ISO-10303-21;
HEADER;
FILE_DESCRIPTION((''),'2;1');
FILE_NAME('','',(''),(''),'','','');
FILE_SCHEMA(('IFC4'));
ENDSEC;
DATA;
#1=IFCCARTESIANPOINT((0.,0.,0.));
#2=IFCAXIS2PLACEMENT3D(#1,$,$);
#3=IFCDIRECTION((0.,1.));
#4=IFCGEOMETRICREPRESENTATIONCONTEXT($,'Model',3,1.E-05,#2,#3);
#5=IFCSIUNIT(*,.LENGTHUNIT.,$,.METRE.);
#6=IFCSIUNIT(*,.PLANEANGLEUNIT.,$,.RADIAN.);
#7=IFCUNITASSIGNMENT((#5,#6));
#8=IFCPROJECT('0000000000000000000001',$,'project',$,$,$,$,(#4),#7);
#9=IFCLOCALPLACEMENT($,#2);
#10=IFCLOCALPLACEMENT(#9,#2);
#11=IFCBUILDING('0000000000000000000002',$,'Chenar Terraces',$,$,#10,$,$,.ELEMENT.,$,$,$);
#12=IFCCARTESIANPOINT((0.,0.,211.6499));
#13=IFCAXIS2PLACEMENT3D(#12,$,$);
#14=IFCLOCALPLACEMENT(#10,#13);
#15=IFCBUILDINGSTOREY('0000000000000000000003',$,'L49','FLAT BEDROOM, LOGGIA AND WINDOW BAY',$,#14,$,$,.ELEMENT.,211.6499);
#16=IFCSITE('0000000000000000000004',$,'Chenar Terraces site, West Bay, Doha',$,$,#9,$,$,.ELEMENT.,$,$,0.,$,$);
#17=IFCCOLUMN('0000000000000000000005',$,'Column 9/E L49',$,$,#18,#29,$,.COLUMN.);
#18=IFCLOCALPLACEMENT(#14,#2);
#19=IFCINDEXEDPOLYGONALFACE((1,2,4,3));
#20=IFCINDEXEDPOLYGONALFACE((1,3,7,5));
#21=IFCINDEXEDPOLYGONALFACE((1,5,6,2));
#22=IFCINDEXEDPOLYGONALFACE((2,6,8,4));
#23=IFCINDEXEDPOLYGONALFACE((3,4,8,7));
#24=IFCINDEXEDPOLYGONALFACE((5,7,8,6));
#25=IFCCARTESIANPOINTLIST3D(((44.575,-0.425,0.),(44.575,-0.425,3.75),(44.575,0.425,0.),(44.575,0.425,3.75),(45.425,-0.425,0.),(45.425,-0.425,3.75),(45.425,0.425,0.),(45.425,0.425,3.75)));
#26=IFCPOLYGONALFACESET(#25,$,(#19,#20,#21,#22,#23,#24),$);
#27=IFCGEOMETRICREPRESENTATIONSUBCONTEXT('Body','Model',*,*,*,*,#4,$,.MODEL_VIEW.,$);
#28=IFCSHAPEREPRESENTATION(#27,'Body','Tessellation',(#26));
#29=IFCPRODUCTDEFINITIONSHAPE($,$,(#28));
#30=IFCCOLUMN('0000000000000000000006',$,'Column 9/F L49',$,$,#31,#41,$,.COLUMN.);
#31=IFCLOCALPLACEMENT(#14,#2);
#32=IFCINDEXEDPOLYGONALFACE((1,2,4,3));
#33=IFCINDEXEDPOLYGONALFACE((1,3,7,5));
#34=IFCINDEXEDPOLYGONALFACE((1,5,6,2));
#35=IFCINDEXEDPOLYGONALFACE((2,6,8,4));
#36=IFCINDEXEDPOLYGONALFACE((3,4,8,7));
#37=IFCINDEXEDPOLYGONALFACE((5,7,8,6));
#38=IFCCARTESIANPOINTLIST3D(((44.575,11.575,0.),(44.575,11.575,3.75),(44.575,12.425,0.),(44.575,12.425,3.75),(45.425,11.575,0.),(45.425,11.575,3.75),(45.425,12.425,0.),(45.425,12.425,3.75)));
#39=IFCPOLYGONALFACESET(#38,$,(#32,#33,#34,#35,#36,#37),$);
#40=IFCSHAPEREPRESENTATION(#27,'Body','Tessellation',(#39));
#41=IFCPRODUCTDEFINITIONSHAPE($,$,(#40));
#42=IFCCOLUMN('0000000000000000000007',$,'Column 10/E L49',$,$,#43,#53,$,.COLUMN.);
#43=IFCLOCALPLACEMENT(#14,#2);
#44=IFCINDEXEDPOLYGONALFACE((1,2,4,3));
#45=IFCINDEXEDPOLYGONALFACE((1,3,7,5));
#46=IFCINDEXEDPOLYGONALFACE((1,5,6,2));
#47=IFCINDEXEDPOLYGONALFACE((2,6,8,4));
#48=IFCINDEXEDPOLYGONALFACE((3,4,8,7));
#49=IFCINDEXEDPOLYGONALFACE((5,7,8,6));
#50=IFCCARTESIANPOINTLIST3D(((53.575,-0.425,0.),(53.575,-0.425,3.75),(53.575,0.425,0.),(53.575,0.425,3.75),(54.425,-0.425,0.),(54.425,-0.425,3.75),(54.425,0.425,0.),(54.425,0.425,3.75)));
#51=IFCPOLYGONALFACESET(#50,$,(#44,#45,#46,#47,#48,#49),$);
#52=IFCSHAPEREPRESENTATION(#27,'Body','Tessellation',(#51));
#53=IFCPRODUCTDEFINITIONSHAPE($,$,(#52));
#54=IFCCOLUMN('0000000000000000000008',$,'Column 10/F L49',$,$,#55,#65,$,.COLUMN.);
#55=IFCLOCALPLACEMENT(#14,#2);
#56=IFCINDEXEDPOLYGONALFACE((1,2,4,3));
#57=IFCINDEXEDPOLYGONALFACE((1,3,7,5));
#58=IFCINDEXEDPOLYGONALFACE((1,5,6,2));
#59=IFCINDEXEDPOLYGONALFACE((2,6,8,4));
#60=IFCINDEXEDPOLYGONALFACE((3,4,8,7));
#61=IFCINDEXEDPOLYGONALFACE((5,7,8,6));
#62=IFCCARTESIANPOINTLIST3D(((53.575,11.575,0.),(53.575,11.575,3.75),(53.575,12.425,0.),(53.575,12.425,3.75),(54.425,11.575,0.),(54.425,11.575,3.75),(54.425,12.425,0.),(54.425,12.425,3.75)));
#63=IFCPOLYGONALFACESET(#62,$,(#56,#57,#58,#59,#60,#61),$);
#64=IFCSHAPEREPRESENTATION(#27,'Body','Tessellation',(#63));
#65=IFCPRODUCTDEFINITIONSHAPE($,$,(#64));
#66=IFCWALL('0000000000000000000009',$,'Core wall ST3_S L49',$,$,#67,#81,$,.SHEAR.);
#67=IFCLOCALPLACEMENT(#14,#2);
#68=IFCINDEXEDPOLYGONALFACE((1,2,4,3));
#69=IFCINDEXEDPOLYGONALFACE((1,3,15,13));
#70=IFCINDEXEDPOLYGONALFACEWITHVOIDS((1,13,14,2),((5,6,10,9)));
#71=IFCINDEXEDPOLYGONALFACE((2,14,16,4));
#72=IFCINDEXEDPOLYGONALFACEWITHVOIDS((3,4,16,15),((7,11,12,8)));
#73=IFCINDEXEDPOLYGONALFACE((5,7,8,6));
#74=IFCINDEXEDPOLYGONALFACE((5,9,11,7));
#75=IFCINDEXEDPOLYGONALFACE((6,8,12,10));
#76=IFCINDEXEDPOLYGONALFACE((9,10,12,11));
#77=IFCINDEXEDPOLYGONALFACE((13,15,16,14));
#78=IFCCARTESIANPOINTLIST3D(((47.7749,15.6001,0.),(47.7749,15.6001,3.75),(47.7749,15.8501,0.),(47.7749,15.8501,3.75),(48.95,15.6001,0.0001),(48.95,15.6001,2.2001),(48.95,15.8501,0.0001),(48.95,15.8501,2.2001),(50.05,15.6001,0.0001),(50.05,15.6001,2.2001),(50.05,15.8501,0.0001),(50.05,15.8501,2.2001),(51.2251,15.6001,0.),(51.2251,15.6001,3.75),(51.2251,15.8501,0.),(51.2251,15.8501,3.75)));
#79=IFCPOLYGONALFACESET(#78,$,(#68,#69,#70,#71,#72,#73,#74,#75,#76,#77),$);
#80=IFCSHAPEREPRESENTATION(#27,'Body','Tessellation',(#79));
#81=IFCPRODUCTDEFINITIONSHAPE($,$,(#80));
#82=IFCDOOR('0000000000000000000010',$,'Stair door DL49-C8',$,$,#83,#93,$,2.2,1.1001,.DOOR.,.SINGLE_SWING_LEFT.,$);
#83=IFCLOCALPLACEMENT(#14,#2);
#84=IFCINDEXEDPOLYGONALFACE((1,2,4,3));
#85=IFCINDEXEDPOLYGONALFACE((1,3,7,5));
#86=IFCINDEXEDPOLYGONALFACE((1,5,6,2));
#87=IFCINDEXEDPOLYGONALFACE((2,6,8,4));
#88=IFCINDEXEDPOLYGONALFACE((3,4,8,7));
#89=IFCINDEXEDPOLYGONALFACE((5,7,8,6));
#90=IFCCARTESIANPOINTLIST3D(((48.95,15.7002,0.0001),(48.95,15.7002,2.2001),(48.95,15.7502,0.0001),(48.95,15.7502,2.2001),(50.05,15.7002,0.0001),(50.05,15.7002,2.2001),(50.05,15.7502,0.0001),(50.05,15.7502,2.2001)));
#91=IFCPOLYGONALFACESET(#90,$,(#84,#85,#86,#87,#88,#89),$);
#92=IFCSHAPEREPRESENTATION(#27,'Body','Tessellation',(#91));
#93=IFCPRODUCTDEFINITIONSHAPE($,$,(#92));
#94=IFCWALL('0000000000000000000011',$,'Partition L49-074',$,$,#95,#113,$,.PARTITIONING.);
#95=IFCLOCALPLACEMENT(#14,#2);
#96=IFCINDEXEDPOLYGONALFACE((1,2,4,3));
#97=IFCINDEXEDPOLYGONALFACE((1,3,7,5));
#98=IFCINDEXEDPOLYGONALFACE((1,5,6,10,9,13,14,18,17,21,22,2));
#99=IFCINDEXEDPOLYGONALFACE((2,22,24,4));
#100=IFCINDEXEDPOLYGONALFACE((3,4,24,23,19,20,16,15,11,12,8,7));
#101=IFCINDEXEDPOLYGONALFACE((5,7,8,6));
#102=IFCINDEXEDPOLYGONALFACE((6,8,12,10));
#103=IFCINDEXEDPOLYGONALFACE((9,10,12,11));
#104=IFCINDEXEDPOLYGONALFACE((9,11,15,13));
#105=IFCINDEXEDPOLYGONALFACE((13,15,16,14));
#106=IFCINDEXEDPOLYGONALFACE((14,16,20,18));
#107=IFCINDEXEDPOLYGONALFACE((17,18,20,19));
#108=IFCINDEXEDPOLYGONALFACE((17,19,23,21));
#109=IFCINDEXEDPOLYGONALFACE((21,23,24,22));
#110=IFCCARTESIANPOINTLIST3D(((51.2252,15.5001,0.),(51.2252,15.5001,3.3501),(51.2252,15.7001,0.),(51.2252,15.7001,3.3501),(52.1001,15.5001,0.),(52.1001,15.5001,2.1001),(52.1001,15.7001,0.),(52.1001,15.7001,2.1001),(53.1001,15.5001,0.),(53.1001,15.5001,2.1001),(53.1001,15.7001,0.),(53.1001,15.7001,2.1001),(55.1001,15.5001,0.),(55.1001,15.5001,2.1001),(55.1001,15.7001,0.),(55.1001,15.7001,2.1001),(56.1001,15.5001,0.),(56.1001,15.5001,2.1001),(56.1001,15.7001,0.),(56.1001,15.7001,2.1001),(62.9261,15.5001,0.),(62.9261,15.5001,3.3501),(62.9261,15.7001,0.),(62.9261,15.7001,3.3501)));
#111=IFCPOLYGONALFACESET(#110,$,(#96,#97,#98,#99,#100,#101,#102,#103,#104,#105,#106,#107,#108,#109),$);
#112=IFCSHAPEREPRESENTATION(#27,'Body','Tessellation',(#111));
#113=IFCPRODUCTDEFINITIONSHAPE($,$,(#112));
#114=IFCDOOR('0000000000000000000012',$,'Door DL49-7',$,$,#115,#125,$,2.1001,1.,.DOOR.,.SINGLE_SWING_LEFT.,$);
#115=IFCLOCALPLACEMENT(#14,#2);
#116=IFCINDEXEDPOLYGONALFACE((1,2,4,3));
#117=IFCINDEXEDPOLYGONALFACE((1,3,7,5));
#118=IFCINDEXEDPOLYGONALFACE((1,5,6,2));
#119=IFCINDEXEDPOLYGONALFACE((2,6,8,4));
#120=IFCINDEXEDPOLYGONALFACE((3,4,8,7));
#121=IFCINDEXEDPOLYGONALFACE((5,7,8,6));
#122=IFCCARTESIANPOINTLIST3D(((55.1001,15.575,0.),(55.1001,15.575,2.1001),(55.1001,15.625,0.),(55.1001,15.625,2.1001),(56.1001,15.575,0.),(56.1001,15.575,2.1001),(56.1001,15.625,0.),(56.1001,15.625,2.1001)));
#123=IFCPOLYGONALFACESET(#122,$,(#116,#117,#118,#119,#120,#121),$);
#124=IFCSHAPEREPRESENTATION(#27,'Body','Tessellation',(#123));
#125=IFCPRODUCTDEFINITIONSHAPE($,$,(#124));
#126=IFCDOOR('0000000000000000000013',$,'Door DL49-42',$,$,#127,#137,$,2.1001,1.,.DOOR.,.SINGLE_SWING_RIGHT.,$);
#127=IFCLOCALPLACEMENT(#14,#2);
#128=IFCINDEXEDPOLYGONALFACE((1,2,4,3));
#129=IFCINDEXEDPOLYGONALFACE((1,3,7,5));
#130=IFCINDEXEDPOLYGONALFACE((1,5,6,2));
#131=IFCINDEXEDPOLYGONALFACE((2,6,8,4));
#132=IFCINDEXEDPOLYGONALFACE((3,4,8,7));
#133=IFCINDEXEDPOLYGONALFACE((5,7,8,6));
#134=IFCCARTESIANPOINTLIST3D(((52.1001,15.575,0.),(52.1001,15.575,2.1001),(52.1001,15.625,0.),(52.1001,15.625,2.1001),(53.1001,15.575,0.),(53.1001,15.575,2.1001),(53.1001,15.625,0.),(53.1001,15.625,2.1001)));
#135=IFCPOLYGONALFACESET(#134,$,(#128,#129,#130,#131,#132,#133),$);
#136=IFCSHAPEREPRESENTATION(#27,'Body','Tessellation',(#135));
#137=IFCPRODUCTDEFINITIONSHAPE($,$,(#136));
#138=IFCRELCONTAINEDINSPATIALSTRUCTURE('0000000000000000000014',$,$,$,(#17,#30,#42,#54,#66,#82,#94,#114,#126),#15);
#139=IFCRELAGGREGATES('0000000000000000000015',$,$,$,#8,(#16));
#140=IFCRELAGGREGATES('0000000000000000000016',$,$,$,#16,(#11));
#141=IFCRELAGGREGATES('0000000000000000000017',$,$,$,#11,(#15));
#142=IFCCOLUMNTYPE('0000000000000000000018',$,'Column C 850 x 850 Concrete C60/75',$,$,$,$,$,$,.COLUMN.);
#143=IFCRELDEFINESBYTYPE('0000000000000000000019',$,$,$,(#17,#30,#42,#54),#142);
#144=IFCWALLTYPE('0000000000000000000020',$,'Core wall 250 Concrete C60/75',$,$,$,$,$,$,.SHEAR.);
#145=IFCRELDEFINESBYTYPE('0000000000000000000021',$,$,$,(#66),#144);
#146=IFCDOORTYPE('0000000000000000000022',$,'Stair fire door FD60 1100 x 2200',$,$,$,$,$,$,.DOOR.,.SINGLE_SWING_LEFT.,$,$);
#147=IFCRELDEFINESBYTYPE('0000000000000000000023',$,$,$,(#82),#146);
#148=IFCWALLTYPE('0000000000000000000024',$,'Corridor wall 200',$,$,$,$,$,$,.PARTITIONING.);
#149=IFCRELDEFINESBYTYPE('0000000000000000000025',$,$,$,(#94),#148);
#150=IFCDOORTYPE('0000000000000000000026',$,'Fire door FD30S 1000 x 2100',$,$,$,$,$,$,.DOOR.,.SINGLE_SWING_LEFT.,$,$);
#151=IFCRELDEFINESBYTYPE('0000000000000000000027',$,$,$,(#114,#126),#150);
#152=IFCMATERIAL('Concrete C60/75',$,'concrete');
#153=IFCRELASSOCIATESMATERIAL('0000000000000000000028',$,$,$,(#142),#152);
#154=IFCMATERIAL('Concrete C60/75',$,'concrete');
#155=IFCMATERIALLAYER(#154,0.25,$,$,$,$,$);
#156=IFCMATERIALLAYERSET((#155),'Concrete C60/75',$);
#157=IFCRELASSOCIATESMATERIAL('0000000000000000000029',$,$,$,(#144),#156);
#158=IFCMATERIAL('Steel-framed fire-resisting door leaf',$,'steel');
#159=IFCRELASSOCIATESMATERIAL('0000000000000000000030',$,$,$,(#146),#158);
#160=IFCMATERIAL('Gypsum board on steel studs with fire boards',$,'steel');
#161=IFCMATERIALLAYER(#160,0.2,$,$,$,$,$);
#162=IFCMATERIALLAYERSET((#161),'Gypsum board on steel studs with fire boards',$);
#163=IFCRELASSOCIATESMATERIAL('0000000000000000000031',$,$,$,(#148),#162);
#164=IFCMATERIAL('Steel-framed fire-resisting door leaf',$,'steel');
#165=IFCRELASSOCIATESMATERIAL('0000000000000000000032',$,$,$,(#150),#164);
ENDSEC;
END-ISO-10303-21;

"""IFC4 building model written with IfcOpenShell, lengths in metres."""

from ifc_helpers import new_model, si_unit, direction, frame, frame_2d, origin, origin_2d, place, context, subcontext, project, spatial, rectangle, extrude, material, layer, layer_set, material_profile, profile_set, type_object, element, fill, save


model = new_model("IFC4")

# Units and contexts
model_context = context("Model", 3, precision=1e-05, world=origin(), true_north=direction((0.0, 1.0)))
body_context = subcontext(model_context, "Body", "Model", "MODEL_VIEW")
ifc_project = project(units=[si_unit("LENGTHUNIT", "METRE"), si_unit("PLANEANGLEUNIT", "RADIAN")], contexts=[model_context])

# Site, building, storey
site_placement = place(None, origin())
site = spatial("IfcSite", under=ifc_project, at=site_placement, Name="Chenar Terraces site, West Bay, Doha", CompositionType="ELEMENT", RefElevation=0.0)
building_placement = place(site_placement, origin())
building = spatial("IfcBuilding", under=site, at=building_placement, Name="Chenar Terraces", CompositionType="ELEMENT")
storey_placement = place(building_placement, frame((0.0, 0.0, 211.6499)))
storey = spatial("IfcBuildingStorey", under=building, at=storey_placement, Name="L49", Description="FLAT BEDROOM, LOGGIA AND WINDOW BAY", CompositionType="ELEMENT", Elevation=211.6499)

# Columns
ifc_material_1 = material(Name="Concrete C60/75", Category="concrete")
ifc_material_profile_1 = material_profile(ifc_material_1, rectangle(XDim=0.8501, YDim=0.8501, at=origin_2d()), Name="C 850 x 850")
ifc_profile_set_1 = profile_set([ifc_material_profile_1], Name="Concrete C60/75")
column_type = type_object("IfcColumnType", Name="Column C 850 x 850 Concrete C60/75", PredefinedType="COLUMN", material=ifc_profile_set_1)
for number, where, z_axis, x_axis, name in (
    (1, (45.0, 0.0, 0.0), (0.0, 0.0, 1.0), (1.0, 0.0, 0.0), "Column 9/E L49"),
    (2, (45.0, 12.0, 0.0), (0.0, 0.0, 1.0), (1.0, 0.0, 0.0), "Column 9/F L49"),
    (3, (54.0, 0.0, 0.0), (0.0, 0.0, 1.0), (1.0, 0.0, 0.0), "Column 10/E L49"),
    (4, (54.0, 12.0, 0.0), (0.0, 0.0, 1.0), (1.0, 0.0, 0.0), "Column 10/F L49"),
):
    element("IfcColumn", number, at=place(storey_placement, frame(where, z_axis=z_axis, x_axis=x_axis)), inside=storey, type_object=column_type, Name=name, PredefinedType="COLUMN", context=body_context, shape_type="SweptSolid", body=[
        extrude(rectangle(XDim=0.8501, YDim=0.8501, at=origin_2d()), origin(), (0.0, 0.0, 1.0), 3.75),
    ])

# Wall, opening, door
ifc_material_2 = material(Name="Concrete C60/75", Category="concrete")
ifc_layer_1 = layer(ifc_material_2, 0.25)
ifc_layer_set_1 = layer_set([ifc_layer_1], Name="Concrete C60/75")
wall_type_1 = type_object("IfcWallType", Name="Core wall 250 Concrete C60/75", PredefinedType="SHEAR", material=ifc_layer_set_1)
wall_1_placement = place(storey_placement, frame((47.7749, 15.7251, 0.0), z_axis=(0.0, 0.0, 1.0), x_axis=(1.0, 0.0, 0.0)))
wall_1 = element("IfcWall", 5, at=wall_1_placement, inside=storey, type_object=wall_type_1, Name="Core wall ST3_S L49", PredefinedType="SHEAR", context=body_context, shape_type="SweptSolid", body=[
    extrude(rectangle(XDim=3.4502, YDim=0.25, at=frame_2d((1.7251, 0.0))), origin(), (0.0, 0.0, 1.0), 3.75),
])
opening_1_placement = place(wall_1_placement, frame((1.175, 0.0, 0.0)))
opening_1 = element("IfcOpeningElement", 6, at=opening_1_placement, cuts=wall_1, PredefinedType="OPENING", context=body_context, shape_type="SweptSolid", body=[
    extrude(rectangle(XDim=1.1001, YDim=2.2, at=frame_2d((0.55, 1.1001))), frame((0.0, 0.135, 0.0), z_axis=(0.0, -1.0, 0.0), x_axis=(1.0, 0.0, 0.0)), (0.0, 0.0, 1.0), 0.27),
])
ifc_material_3 = material(Name="Steel-framed fire-resisting door leaf", Category="steel")
door_type_1 = type_object("IfcDoorType", Name="Stair fire door FD60 1100 x 2200", OperationType="SINGLE_SWING_LEFT", PredefinedType="DOOR", material=ifc_material_3)
door_1_placement = place(opening_1_placement, frame((1.1001, 0.0, 0.0), z_axis=(0.0, 0.0, 1.0), x_axis=(-1.0, 0.0, 0.0)))
door_1 = element("IfcDoor", 7, at=door_1_placement, inside=storey, type_object=door_type_1, Name="Stair door DL49-C8", OperationType="SINGLE_SWING_LEFT", OverallHeight=2.2, OverallWidth=1.1001, PredefinedType="DOOR", context=body_context, shape_type="SweptSolid", body=[
    extrude(rectangle(XDim=1.1001, YDim=2.2, at=frame_2d((0.55, 1.1001))), frame((0.0, 0.0249, 0.0), z_axis=(0.0, -1.0, 0.0), x_axis=(1.0, 0.0, 0.0)), (0.0, 0.0, 1.0), 0.05),
])
fill(opening_1, door_1)

# Wall, openings, doors
ifc_material_4 = material(Name="Gypsum board on steel studs with fire boards", Category="steel")
ifc_layer_2 = layer(ifc_material_4, 0.2)
ifc_layer_set_2 = layer_set([ifc_layer_2], Name="Gypsum board on steel studs with fire boards")
wall_type_2 = type_object("IfcWallType", Name="Corridor wall 200", PredefinedType="PARTITIONING", material=ifc_layer_set_2)
wall_2_placement = place(storey_placement, frame((51.2251, 15.6001, 0.0), z_axis=(0.0, 0.0, 1.0), x_axis=(1.0, 0.0, 0.0)))
wall_2 = element("IfcWall", 8, at=wall_2_placement, inside=storey, type_object=wall_type_2, Name="Partition L49-074", PredefinedType="PARTITIONING", context=body_context, shape_type="SweptSolid", body=[
    extrude(rectangle(XDim=11.7009, YDim=0.2, at=frame_2d((5.8506, 0.0))), origin(), (0.0, 0.0, 1.0), 3.3501),
])
opening_2_placement = place(wall_2_placement, frame((3.875, 0.0, 0.0)))
opening_2 = element("IfcOpeningElement", 9, at=opening_2_placement, cuts=wall_2, PredefinedType="OPENING", context=body_context, shape_type="SweptSolid", body=[
    extrude(rectangle(XDim=1.0, YDim=2.1001, at=frame_2d((0.5, 1.05))), frame((0.0, 0.1099, 0.0), z_axis=(0.0, -1.0, 0.0), x_axis=(1.0, 0.0, 0.0)), (0.0, 0.0, 1.0), 0.22),
])
opening_3_placement = place(wall_2_placement, frame((0.875, 0.0, 0.0)))
opening_3 = element("IfcOpeningElement", 10, at=opening_3_placement, cuts=wall_2, PredefinedType="OPENING", context=body_context, shape_type="SweptSolid", body=[
    extrude(rectangle(XDim=1.0, YDim=2.1001, at=frame_2d((0.5, 1.05))), frame((0.0, 0.1099, 0.0), z_axis=(0.0, -1.0, 0.0), x_axis=(1.0, 0.0, 0.0)), (0.0, 0.0, 1.0), 0.22),
])
ifc_material_5 = material(Name="Steel-framed fire-resisting door leaf", Category="steel")
door_type_2 = type_object("IfcDoorType", Name="Fire door FD30S 1000 x 2100", OperationType="SINGLE_SWING_LEFT", PredefinedType="DOOR", material=ifc_material_5)
door_2_placement = place(opening_2_placement, origin())
door_2 = element("IfcDoor", 11, at=door_2_placement, inside=storey, type_object=door_type_2, Name="Door DL49-7", OperationType="SINGLE_SWING_LEFT", OverallHeight=2.1001, OverallWidth=1.0, PredefinedType="DOOR", context=body_context, shape_type="SweptSolid", body=[
    extrude(rectangle(XDim=1.0, YDim=2.1001, at=frame_2d((0.5, 1.05))), frame((0.0, 0.0249, 0.0), z_axis=(0.0, -1.0, 0.0), x_axis=(1.0, 0.0, 0.0)), (0.0, 0.0, 1.0), 0.05),
])
fill(opening_2, door_2)
door_3_placement = place(opening_3_placement, origin())
door_3 = element("IfcDoor", 12, at=door_3_placement, inside=storey, type_object=door_type_2, Name="Door DL49-42", OperationType="SINGLE_SWING_RIGHT", OverallHeight=2.1001, OverallWidth=1.0, PredefinedType="DOOR", context=body_context, shape_type="SweptSolid", body=[
    extrude(rectangle(XDim=1.0, YDim=2.1001, at=frame_2d((0.5, 1.05))), frame((0.0, 0.0249, 0.0), z_axis=(0.0, -1.0, 0.0), x_axis=(1.0, 0.0, 0.0)), (0.0, 0.0, 1.0), 0.05),
])
fill(opening_3, door_3)

save(model, "model.ifc")
